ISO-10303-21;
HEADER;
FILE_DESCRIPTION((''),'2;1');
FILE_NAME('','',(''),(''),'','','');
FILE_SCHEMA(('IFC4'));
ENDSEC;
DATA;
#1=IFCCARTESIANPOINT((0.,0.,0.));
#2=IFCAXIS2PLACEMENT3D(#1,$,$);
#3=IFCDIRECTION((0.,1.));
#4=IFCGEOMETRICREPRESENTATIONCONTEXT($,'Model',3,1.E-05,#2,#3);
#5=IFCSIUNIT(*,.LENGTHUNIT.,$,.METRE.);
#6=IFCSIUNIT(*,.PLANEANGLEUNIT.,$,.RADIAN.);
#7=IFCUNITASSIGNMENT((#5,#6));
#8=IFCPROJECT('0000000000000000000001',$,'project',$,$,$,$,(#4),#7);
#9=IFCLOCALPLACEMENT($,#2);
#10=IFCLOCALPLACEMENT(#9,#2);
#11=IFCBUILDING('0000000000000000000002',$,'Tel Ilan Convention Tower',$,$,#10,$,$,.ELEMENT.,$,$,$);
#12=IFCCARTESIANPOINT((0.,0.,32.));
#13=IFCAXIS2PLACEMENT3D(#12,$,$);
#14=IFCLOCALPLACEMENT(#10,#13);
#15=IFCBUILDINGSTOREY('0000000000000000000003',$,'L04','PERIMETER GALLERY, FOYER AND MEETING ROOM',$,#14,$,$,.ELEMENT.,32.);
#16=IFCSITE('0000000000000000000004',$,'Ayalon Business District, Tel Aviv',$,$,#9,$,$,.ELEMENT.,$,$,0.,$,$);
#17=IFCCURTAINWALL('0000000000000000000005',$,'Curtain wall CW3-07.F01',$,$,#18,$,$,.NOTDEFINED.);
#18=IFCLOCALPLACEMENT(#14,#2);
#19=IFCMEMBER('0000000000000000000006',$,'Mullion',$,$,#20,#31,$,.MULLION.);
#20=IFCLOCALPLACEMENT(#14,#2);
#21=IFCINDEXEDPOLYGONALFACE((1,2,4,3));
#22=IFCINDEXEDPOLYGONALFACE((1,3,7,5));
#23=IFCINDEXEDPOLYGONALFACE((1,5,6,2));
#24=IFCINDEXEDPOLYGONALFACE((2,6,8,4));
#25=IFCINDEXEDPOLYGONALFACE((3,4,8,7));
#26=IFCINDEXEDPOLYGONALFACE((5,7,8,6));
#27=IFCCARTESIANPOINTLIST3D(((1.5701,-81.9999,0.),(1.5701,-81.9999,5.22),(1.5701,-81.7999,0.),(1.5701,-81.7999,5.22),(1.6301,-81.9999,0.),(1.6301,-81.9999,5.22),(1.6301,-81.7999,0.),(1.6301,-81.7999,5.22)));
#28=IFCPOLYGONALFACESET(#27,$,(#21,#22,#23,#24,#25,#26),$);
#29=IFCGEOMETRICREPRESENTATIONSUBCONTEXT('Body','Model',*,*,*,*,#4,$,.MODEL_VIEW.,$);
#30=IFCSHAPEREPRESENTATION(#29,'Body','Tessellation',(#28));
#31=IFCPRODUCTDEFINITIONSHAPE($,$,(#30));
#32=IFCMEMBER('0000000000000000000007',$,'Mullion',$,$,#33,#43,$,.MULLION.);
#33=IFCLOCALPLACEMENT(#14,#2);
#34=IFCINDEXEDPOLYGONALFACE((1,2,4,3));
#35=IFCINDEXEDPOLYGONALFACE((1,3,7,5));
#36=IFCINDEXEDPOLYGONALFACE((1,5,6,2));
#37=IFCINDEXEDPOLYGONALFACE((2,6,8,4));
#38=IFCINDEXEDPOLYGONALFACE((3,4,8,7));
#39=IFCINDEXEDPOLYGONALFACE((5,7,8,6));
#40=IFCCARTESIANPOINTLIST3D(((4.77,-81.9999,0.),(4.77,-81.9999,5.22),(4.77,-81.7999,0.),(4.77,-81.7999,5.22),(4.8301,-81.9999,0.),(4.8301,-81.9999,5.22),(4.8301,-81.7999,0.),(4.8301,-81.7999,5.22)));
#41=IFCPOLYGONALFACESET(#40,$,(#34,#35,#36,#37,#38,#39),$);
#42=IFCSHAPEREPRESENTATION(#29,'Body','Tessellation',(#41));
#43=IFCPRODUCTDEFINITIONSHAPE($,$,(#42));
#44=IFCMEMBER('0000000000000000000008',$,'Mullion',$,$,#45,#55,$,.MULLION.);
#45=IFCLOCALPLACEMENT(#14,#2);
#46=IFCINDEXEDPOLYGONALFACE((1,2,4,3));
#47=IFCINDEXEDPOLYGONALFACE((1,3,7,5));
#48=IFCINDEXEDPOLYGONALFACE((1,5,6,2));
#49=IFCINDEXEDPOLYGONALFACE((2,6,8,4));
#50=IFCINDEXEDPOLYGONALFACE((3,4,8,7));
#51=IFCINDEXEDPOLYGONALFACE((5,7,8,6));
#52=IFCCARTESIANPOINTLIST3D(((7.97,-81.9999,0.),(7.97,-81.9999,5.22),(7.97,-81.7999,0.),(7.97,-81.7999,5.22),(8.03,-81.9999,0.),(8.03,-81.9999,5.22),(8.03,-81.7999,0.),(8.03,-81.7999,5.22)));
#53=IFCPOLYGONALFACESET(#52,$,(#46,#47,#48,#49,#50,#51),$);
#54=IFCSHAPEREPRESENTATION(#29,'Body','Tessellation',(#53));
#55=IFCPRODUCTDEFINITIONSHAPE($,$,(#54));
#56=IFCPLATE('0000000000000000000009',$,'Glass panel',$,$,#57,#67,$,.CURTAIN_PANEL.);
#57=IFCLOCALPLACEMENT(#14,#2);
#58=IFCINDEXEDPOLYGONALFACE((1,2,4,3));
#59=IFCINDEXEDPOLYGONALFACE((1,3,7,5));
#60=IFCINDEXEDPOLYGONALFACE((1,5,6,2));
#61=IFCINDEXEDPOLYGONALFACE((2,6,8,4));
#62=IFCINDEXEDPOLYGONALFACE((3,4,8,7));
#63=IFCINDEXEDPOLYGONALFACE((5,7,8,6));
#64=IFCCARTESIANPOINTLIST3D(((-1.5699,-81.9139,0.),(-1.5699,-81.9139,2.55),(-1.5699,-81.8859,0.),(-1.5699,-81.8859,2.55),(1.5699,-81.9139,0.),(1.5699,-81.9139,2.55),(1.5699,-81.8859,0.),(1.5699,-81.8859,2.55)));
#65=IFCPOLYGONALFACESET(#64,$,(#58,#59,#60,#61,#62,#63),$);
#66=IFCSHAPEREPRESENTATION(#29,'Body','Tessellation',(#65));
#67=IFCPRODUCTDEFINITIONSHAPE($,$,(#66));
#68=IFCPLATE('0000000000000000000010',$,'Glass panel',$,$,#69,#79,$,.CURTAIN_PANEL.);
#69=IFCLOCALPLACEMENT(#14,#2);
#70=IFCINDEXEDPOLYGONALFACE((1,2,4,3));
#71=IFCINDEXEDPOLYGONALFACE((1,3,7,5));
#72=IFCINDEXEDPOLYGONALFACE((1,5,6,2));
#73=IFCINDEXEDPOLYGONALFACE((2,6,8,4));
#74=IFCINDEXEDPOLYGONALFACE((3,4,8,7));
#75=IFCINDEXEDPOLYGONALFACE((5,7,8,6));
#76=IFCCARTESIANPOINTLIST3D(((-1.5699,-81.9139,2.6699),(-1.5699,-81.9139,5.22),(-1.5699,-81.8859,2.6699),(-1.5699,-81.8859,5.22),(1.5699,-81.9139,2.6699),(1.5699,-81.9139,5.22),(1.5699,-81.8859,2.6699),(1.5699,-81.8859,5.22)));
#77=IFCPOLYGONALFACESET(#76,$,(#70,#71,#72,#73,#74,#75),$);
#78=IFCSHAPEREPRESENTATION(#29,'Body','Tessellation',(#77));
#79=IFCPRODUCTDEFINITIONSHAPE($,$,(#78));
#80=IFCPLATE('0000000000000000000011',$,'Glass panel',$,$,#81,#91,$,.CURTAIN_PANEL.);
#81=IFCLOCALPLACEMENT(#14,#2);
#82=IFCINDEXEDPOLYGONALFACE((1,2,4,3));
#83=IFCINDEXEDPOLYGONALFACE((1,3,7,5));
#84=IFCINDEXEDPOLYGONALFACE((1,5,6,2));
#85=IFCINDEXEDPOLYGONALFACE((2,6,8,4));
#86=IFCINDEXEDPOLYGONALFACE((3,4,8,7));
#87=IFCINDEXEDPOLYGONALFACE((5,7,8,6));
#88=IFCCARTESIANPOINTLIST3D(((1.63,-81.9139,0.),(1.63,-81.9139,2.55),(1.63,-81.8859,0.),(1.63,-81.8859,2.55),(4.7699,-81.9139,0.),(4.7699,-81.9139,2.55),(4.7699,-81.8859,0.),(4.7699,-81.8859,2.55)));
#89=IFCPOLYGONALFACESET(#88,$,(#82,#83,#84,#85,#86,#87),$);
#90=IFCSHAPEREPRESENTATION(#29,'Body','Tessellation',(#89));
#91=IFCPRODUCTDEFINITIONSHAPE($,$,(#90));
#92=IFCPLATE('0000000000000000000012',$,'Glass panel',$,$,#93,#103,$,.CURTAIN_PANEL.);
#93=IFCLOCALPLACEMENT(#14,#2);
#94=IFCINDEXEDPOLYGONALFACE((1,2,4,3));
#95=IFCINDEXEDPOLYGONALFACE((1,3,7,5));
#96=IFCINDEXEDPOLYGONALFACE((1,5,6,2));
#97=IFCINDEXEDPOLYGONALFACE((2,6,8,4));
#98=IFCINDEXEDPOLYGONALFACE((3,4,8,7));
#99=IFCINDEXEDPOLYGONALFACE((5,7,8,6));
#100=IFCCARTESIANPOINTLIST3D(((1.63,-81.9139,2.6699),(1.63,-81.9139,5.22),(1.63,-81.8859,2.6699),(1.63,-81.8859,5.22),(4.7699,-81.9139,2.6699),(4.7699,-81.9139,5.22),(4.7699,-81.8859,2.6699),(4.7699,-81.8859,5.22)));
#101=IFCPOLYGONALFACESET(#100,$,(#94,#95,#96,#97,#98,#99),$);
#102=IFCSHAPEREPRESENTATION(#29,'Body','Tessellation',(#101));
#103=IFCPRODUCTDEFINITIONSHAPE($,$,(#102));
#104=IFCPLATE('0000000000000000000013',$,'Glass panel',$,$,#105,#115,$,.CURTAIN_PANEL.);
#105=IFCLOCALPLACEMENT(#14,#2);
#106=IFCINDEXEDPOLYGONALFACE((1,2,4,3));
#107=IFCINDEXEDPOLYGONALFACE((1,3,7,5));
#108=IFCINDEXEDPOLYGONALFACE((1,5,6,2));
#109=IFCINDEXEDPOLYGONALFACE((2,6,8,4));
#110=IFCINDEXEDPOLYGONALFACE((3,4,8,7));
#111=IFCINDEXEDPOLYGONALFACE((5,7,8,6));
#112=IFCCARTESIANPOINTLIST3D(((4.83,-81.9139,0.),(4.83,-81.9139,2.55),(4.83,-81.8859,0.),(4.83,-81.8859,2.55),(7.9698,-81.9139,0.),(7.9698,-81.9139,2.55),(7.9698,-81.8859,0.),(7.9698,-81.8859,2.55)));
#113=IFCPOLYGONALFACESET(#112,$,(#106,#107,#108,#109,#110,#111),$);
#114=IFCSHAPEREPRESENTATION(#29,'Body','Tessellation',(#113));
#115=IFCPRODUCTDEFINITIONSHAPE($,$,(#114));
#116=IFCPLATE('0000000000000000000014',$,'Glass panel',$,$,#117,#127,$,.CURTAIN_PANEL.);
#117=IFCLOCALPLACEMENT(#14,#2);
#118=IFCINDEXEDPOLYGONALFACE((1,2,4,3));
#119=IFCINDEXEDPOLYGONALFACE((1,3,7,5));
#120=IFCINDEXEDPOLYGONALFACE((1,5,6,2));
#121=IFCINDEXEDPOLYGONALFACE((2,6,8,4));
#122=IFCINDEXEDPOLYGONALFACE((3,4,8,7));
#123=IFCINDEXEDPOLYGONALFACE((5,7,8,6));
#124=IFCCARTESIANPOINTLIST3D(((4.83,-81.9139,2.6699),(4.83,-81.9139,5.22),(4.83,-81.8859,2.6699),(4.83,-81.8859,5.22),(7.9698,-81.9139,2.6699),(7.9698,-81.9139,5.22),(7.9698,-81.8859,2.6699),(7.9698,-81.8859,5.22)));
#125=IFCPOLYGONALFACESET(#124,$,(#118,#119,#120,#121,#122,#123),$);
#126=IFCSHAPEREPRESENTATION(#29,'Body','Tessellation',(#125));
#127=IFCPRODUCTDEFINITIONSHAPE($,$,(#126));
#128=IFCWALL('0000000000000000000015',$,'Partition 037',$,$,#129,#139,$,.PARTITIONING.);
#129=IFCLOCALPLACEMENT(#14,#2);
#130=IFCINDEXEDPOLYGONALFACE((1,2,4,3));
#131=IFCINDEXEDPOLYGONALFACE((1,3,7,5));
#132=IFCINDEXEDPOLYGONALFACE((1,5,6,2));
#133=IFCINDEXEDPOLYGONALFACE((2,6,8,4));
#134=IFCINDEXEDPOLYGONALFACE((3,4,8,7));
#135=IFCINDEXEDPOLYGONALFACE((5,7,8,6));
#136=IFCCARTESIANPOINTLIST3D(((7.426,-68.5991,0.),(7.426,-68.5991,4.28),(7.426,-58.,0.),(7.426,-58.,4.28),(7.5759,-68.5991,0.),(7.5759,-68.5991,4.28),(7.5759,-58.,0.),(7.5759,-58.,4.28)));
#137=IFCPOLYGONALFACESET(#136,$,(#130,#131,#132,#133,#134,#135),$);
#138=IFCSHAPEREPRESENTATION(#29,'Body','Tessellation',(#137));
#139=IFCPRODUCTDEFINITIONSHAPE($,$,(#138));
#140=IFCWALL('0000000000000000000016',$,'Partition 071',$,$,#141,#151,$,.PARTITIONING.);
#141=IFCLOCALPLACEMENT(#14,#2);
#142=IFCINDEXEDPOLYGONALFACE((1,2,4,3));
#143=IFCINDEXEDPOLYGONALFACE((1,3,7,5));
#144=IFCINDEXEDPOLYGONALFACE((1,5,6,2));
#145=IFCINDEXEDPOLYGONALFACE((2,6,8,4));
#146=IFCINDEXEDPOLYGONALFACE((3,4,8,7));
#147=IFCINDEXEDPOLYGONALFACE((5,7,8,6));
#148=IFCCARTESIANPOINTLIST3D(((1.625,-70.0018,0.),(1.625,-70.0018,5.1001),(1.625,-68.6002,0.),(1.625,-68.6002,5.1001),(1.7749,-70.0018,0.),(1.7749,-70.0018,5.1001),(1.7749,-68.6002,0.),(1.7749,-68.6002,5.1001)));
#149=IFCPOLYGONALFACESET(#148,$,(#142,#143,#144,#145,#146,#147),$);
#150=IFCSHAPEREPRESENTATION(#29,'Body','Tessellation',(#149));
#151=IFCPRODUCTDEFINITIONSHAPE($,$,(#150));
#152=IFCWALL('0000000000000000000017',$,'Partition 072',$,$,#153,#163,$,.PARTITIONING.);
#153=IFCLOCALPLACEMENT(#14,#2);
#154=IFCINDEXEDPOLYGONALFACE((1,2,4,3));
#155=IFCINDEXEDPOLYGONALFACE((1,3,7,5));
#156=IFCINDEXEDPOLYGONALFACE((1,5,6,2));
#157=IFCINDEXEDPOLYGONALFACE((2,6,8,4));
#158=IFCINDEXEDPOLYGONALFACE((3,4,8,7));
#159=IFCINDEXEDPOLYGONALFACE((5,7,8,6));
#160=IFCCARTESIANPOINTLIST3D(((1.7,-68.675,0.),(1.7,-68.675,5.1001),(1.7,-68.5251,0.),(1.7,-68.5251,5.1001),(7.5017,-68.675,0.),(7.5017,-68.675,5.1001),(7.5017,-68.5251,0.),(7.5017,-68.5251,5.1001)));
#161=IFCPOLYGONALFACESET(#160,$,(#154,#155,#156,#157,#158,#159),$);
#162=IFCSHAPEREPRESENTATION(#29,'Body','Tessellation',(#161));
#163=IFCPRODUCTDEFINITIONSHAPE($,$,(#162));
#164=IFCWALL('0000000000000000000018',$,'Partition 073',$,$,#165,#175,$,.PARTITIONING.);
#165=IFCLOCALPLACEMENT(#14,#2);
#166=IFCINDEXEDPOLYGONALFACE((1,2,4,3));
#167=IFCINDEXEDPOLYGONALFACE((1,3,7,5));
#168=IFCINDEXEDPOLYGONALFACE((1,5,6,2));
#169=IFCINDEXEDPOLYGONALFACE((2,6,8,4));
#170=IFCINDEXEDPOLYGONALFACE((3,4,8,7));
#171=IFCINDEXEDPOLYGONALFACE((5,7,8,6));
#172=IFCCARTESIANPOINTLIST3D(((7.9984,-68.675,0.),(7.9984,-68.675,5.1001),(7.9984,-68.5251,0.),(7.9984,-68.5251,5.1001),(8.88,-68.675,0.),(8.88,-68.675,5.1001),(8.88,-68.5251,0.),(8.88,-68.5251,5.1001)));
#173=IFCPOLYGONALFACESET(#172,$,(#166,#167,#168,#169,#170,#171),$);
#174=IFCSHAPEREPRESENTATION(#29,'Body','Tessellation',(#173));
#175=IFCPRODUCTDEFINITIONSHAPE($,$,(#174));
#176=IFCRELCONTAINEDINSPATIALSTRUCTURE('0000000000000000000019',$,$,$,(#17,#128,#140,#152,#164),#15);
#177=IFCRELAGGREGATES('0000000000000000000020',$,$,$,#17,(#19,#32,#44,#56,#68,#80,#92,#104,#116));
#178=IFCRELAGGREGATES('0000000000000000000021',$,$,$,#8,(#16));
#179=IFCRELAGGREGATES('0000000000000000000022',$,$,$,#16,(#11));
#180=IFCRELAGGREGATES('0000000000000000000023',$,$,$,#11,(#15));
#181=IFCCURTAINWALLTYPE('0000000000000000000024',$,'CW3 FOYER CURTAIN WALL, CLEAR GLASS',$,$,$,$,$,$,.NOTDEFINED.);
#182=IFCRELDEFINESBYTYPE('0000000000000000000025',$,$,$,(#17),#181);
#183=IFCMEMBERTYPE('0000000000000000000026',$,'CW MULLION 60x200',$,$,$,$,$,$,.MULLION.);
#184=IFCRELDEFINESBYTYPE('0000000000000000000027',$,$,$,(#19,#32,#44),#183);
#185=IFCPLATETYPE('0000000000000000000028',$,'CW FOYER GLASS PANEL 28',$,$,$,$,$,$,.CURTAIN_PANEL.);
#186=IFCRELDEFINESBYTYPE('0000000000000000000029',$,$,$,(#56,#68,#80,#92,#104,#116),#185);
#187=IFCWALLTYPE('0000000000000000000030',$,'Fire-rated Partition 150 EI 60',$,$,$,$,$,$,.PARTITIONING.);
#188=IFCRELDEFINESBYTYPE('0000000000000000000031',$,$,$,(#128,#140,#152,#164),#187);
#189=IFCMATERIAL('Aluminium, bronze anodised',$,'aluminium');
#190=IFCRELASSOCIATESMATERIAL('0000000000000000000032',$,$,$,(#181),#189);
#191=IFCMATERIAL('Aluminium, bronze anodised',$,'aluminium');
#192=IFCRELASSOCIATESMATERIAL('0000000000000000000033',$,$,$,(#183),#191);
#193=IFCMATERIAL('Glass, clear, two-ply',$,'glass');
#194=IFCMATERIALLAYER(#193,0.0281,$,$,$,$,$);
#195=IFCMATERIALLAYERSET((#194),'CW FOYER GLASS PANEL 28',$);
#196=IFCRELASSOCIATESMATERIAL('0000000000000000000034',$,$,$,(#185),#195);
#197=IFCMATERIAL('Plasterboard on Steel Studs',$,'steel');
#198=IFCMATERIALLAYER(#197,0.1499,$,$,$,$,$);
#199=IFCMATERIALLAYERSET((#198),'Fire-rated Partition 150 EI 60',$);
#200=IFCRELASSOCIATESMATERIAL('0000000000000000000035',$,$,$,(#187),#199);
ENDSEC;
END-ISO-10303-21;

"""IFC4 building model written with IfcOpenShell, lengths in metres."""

from ifc_helpers import new_model, si_unit, direction, frame, frame_2d, origin, origin_2d, place, context, subcontext, project, spatial, rectangle, extrude, material, layer, layer_set, material_profile, profile_set, type_object, element, aggregate, save


model = new_model("IFC4")

# Units and contexts
model_context = context("Model", 3, precision=1e-05, world=origin(), true_north=direction((0.0, 1.0)))
body_context = subcontext(model_context, "Body", "Model", "MODEL_VIEW")
ifc_project = project(units=[si_unit("LENGTHUNIT", "METRE"), si_unit("PLANEANGLEUNIT", "RADIAN")], contexts=[model_context])

# Site, building, storey
site_placement = place(None, origin())
site = spatial("IfcSite", under=ifc_project, at=site_placement, Name="Ayalon Business District, Tel Aviv", CompositionType="ELEMENT", RefElevation=0.0)
building_placement = place(site_placement, origin())
building = spatial("IfcBuilding", under=site, at=building_placement, Name="Tel Ilan Convention Tower", CompositionType="ELEMENT")
storey_placement = place(building_placement, frame((0.0, 0.0, 32.0)))
storey = spatial("IfcBuildingStorey", under=building, at=storey_placement, Name="L04", Description="PERIMETER GALLERY, FOYER AND MEETING ROOM", CompositionType="ELEMENT", Elevation=32.0)

# Curtain wall, members, plates
ifc_material_1 = material(Name="Aluminium, bronze anodised", Category="aluminium")
curtain_wall_type = type_object("IfcCurtainWallType", Name="CW3 FOYER CURTAIN WALL, CLEAR GLASS", PredefinedType="NOTDEFINED", material=ifc_material_1)
curtain_wall_placement = place(storey_placement, origin())
curtain_wall = element("IfcCurtainWall", 1, at=curtain_wall_placement, inside=storey, type_object=curtain_wall_type, Name="Curtain wall CW3-07.F01", PredefinedType="NOTDEFINED")
ifc_material_2 = material(Name="Aluminium, bronze anodised", Category="aluminium")
ifc_material_profile = material_profile(ifc_material_2, rectangle(XDim=0.0601, YDim=0.2, at=origin_2d()), Name="CW MULLION 60x200")
ifc_profile_set = profile_set([ifc_material_profile], Name="Aluminium, bronze anodised")
member_type = type_object("IfcMemberType", Name="CW MULLION 60x200", PredefinedType="MULLION", material=ifc_profile_set)
member_1_placement = place(storey_placement, frame((1.6001, -81.8999, 0.0), z_axis=(0.0, 0.0, 1.0), x_axis=(1.0, 0.0, 0.0)))
member_1 = element("IfcMember", 2, at=member_1_placement, type_object=member_type, Name="Mullion", PredefinedType="MULLION", context=body_context, shape_type="SweptSolid", body=[
    extrude(rectangle(XDim=0.0601, YDim=0.2, at=origin_2d()), origin(), (0.0, 0.0, 1.0), 5.22),
])
member_2_placement = place(storey_placement, frame((4.8, -81.8999, 0.0), z_axis=(0.0, 0.0, 1.0), x_axis=(1.0, 0.0, 0.0)))
member_2 = element("IfcMember", 3, at=member_2_placement, type_object=member_type, Name="Mullion", PredefinedType="MULLION", context=body_context, shape_type="SweptSolid", body=[
    extrude(rectangle(XDim=0.0601, YDim=0.2, at=origin_2d()), origin(), (0.0, 0.0, 1.0), 5.22),
])
member_3_placement = place(storey_placement, frame((8.0, -81.8999, 0.0), z_axis=(0.0, 0.0, 1.0), x_axis=(1.0, 0.0, 0.0)))
member_3 = element("IfcMember", 4, at=member_3_placement, type_object=member_type, Name="Mullion", PredefinedType="MULLION", context=body_context, shape_type="SweptSolid", body=[
    extrude(rectangle(XDim=0.0601, YDim=0.2, at=origin_2d()), origin(), (0.0, 0.0, 1.0), 5.22),
])
ifc_material_3 = material(Name="Glass, clear, two-ply", Category="glass")
ifc_layer_1 = layer(ifc_material_3, 0.0281)
ifc_layer_set_1 = layer_set([ifc_layer_1], Name="CW FOYER GLASS PANEL 28")
plate_type = type_object("IfcPlateType", Name="CW FOYER GLASS PANEL 28", PredefinedType="CURTAIN_PANEL", material=ifc_layer_set_1)
plate_1_placement = place(storey_placement, frame((0.0, -81.8999, 0.0), z_axis=(0.0, 0.0, 1.0), x_axis=(1.0, 0.0, 0.0)))
plate_1 = element("IfcPlate", 5, at=plate_1_placement, type_object=plate_type, Name="Glass panel", PredefinedType="CURTAIN_PANEL", context=body_context, shape_type="SweptSolid", body=[
    extrude(rectangle(XDim=3.1399, YDim=0.0281, at=origin_2d()), origin(), (0.0, 0.0, 1.0), 2.55),
])
plate_2_placement = place(storey_placement, frame((0.0, -81.8999, 2.6699), z_axis=(0.0, 0.0, 1.0), x_axis=(1.0, 0.0, 0.0)))
plate_2 = element("IfcPlate", 6, at=plate_2_placement, type_object=plate_type, Name="Glass panel", PredefinedType="CURTAIN_PANEL", context=body_context, shape_type="SweptSolid", body=[
    extrude(rectangle(XDim=3.1399, YDim=0.0281, at=origin_2d()), origin(), (0.0, 0.0, 1.0), 2.55),
])
plate_3_placement = place(storey_placement, frame((3.2, -81.8999, 0.0), z_axis=(0.0, 0.0, 1.0), x_axis=(1.0, 0.0, 0.0)))
plate_3 = element("IfcPlate", 7, at=plate_3_placement, type_object=plate_type, Name="Glass panel", PredefinedType="CURTAIN_PANEL", context=body_context, shape_type="SweptSolid", body=[
    extrude(rectangle(XDim=3.1399, YDim=0.0281, at=origin_2d()), origin(), (0.0, 0.0, 1.0), 2.55),
])
plate_4_placement = place(storey_placement, frame((3.2, -81.8999, 2.6699), z_axis=(0.0, 0.0, 1.0), x_axis=(1.0, 0.0, 0.0)))
plate_4 = element("IfcPlate", 8, at=plate_4_placement, type_object=plate_type, Name="Glass panel", PredefinedType="CURTAIN_PANEL", context=body_context, shape_type="SweptSolid", body=[
    extrude(rectangle(XDim=3.1399, YDim=0.0281, at=origin_2d()), origin(), (0.0, 0.0, 1.0), 2.55),
])
plate_5_placement = place(storey_placement, frame((6.3999, -81.8999, 0.0), z_axis=(0.0, 0.0, 1.0), x_axis=(1.0, 0.0, 0.0)))
plate_5 = element("IfcPlate", 9, at=plate_5_placement, type_object=plate_type, Name="Glass panel", PredefinedType="CURTAIN_PANEL", context=body_context, shape_type="SweptSolid", body=[
    extrude(rectangle(XDim=3.1399, YDim=0.0281, at=origin_2d()), origin(), (0.0, 0.0, 1.0), 2.55),
])
plate_6_placement = place(storey_placement, frame((6.3999, -81.8999, 2.6699), z_axis=(0.0, 0.0, 1.0), x_axis=(1.0, 0.0, 0.0)))
plate_6 = element("IfcPlate", 10, at=plate_6_placement, type_object=plate_type, Name="Glass panel", PredefinedType="CURTAIN_PANEL", context=body_context, shape_type="SweptSolid", body=[
    extrude(rectangle(XDim=3.1399, YDim=0.0281, at=origin_2d()), origin(), (0.0, 0.0, 1.0), 2.55),
])
aggregate(curtain_wall, [member_1, member_2, member_3, plate_1, plate_2, plate_3, plate_4, plate_5, plate_6])

# Walls
ifc_material_4 = material(Name="Plasterboard on Steel Studs", Category="steel")
ifc_layer_2 = layer(ifc_material_4, 0.1499)
ifc_layer_set_2 = layer_set([ifc_layer_2], Name="Fire-rated Partition 150 EI 60")
wall_type_1 = type_object("IfcWallType", Name="Fire-rated Partition 150 EI 60", PredefinedType="PARTITIONING", material=ifc_layer_set_2)
wall_1_placement = place(storey_placement, frame((7.501, -68.5991, 0.0), z_axis=(0.0, 0.0, 1.0), x_axis=(0.0, 1.0, 0.0)))
element("IfcWall", 11, at=wall_1_placement, inside=storey, type_object=wall_type_1, Name="Partition 037", PredefinedType="PARTITIONING", context=body_context, shape_type="SweptSolid", body=[
    extrude(rectangle(XDim=10.5991, YDim=0.1499, at=frame_2d((5.2996, 0.0))), origin(), (0.0, 0.0, 1.0), 4.28),
])
wall_2_placement = place(storey_placement, frame((1.7, -70.0017, 0.0), z_axis=(0.0, 0.0, 1.0), x_axis=(0.0, 1.0, 0.0)))
element("IfcWall", 12, at=wall_2_placement, inside=storey, type_object=wall_type_1, Name="Partition 071", PredefinedType="PARTITIONING", context=body_context, shape_type="SweptSolid", body=[
    extrude(rectangle(XDim=1.4016, YDim=0.1499, at=frame_2d((0.7007, 0.0))), origin(), (0.0, 0.0, 1.0), 5.1001),
])
wall_3_placement = place(storey_placement, frame((1.7, -68.6001, 0.0), z_axis=(0.0, 0.0, 1.0), x_axis=(1.0, 0.0, 0.0)))
element("IfcWall", 13, at=wall_3_placement, inside=storey, type_object=wall_type_1, Name="Partition 072", PredefinedType="PARTITIONING", context=body_context, shape_type="SweptSolid", body=[
    extrude(rectangle(XDim=5.8018, YDim=0.1499, at=frame_2d((2.9009, 0.0))), origin(), (0.0, 0.0, 1.0), 5.1001),
])
wall_4_placement = place(storey_placement, frame((7.9983, -68.6001, 0.0), z_axis=(0.0, 0.0, 1.0), x_axis=(1.0, 0.0, 0.0)))
element("IfcWall", 14, at=wall_4_placement, inside=storey, type_object=wall_type_1, Name="Partition 073", PredefinedType="PARTITIONING", context=body_context, shape_type="SweptSolid", body=[
    extrude(rectangle(XDim=0.8816, YDim=0.1499, at=frame_2d((0.4409, 0.0))), origin(), (0.0, 0.0, 1.0), 5.1001),
])

save(model, "model.ifc")
